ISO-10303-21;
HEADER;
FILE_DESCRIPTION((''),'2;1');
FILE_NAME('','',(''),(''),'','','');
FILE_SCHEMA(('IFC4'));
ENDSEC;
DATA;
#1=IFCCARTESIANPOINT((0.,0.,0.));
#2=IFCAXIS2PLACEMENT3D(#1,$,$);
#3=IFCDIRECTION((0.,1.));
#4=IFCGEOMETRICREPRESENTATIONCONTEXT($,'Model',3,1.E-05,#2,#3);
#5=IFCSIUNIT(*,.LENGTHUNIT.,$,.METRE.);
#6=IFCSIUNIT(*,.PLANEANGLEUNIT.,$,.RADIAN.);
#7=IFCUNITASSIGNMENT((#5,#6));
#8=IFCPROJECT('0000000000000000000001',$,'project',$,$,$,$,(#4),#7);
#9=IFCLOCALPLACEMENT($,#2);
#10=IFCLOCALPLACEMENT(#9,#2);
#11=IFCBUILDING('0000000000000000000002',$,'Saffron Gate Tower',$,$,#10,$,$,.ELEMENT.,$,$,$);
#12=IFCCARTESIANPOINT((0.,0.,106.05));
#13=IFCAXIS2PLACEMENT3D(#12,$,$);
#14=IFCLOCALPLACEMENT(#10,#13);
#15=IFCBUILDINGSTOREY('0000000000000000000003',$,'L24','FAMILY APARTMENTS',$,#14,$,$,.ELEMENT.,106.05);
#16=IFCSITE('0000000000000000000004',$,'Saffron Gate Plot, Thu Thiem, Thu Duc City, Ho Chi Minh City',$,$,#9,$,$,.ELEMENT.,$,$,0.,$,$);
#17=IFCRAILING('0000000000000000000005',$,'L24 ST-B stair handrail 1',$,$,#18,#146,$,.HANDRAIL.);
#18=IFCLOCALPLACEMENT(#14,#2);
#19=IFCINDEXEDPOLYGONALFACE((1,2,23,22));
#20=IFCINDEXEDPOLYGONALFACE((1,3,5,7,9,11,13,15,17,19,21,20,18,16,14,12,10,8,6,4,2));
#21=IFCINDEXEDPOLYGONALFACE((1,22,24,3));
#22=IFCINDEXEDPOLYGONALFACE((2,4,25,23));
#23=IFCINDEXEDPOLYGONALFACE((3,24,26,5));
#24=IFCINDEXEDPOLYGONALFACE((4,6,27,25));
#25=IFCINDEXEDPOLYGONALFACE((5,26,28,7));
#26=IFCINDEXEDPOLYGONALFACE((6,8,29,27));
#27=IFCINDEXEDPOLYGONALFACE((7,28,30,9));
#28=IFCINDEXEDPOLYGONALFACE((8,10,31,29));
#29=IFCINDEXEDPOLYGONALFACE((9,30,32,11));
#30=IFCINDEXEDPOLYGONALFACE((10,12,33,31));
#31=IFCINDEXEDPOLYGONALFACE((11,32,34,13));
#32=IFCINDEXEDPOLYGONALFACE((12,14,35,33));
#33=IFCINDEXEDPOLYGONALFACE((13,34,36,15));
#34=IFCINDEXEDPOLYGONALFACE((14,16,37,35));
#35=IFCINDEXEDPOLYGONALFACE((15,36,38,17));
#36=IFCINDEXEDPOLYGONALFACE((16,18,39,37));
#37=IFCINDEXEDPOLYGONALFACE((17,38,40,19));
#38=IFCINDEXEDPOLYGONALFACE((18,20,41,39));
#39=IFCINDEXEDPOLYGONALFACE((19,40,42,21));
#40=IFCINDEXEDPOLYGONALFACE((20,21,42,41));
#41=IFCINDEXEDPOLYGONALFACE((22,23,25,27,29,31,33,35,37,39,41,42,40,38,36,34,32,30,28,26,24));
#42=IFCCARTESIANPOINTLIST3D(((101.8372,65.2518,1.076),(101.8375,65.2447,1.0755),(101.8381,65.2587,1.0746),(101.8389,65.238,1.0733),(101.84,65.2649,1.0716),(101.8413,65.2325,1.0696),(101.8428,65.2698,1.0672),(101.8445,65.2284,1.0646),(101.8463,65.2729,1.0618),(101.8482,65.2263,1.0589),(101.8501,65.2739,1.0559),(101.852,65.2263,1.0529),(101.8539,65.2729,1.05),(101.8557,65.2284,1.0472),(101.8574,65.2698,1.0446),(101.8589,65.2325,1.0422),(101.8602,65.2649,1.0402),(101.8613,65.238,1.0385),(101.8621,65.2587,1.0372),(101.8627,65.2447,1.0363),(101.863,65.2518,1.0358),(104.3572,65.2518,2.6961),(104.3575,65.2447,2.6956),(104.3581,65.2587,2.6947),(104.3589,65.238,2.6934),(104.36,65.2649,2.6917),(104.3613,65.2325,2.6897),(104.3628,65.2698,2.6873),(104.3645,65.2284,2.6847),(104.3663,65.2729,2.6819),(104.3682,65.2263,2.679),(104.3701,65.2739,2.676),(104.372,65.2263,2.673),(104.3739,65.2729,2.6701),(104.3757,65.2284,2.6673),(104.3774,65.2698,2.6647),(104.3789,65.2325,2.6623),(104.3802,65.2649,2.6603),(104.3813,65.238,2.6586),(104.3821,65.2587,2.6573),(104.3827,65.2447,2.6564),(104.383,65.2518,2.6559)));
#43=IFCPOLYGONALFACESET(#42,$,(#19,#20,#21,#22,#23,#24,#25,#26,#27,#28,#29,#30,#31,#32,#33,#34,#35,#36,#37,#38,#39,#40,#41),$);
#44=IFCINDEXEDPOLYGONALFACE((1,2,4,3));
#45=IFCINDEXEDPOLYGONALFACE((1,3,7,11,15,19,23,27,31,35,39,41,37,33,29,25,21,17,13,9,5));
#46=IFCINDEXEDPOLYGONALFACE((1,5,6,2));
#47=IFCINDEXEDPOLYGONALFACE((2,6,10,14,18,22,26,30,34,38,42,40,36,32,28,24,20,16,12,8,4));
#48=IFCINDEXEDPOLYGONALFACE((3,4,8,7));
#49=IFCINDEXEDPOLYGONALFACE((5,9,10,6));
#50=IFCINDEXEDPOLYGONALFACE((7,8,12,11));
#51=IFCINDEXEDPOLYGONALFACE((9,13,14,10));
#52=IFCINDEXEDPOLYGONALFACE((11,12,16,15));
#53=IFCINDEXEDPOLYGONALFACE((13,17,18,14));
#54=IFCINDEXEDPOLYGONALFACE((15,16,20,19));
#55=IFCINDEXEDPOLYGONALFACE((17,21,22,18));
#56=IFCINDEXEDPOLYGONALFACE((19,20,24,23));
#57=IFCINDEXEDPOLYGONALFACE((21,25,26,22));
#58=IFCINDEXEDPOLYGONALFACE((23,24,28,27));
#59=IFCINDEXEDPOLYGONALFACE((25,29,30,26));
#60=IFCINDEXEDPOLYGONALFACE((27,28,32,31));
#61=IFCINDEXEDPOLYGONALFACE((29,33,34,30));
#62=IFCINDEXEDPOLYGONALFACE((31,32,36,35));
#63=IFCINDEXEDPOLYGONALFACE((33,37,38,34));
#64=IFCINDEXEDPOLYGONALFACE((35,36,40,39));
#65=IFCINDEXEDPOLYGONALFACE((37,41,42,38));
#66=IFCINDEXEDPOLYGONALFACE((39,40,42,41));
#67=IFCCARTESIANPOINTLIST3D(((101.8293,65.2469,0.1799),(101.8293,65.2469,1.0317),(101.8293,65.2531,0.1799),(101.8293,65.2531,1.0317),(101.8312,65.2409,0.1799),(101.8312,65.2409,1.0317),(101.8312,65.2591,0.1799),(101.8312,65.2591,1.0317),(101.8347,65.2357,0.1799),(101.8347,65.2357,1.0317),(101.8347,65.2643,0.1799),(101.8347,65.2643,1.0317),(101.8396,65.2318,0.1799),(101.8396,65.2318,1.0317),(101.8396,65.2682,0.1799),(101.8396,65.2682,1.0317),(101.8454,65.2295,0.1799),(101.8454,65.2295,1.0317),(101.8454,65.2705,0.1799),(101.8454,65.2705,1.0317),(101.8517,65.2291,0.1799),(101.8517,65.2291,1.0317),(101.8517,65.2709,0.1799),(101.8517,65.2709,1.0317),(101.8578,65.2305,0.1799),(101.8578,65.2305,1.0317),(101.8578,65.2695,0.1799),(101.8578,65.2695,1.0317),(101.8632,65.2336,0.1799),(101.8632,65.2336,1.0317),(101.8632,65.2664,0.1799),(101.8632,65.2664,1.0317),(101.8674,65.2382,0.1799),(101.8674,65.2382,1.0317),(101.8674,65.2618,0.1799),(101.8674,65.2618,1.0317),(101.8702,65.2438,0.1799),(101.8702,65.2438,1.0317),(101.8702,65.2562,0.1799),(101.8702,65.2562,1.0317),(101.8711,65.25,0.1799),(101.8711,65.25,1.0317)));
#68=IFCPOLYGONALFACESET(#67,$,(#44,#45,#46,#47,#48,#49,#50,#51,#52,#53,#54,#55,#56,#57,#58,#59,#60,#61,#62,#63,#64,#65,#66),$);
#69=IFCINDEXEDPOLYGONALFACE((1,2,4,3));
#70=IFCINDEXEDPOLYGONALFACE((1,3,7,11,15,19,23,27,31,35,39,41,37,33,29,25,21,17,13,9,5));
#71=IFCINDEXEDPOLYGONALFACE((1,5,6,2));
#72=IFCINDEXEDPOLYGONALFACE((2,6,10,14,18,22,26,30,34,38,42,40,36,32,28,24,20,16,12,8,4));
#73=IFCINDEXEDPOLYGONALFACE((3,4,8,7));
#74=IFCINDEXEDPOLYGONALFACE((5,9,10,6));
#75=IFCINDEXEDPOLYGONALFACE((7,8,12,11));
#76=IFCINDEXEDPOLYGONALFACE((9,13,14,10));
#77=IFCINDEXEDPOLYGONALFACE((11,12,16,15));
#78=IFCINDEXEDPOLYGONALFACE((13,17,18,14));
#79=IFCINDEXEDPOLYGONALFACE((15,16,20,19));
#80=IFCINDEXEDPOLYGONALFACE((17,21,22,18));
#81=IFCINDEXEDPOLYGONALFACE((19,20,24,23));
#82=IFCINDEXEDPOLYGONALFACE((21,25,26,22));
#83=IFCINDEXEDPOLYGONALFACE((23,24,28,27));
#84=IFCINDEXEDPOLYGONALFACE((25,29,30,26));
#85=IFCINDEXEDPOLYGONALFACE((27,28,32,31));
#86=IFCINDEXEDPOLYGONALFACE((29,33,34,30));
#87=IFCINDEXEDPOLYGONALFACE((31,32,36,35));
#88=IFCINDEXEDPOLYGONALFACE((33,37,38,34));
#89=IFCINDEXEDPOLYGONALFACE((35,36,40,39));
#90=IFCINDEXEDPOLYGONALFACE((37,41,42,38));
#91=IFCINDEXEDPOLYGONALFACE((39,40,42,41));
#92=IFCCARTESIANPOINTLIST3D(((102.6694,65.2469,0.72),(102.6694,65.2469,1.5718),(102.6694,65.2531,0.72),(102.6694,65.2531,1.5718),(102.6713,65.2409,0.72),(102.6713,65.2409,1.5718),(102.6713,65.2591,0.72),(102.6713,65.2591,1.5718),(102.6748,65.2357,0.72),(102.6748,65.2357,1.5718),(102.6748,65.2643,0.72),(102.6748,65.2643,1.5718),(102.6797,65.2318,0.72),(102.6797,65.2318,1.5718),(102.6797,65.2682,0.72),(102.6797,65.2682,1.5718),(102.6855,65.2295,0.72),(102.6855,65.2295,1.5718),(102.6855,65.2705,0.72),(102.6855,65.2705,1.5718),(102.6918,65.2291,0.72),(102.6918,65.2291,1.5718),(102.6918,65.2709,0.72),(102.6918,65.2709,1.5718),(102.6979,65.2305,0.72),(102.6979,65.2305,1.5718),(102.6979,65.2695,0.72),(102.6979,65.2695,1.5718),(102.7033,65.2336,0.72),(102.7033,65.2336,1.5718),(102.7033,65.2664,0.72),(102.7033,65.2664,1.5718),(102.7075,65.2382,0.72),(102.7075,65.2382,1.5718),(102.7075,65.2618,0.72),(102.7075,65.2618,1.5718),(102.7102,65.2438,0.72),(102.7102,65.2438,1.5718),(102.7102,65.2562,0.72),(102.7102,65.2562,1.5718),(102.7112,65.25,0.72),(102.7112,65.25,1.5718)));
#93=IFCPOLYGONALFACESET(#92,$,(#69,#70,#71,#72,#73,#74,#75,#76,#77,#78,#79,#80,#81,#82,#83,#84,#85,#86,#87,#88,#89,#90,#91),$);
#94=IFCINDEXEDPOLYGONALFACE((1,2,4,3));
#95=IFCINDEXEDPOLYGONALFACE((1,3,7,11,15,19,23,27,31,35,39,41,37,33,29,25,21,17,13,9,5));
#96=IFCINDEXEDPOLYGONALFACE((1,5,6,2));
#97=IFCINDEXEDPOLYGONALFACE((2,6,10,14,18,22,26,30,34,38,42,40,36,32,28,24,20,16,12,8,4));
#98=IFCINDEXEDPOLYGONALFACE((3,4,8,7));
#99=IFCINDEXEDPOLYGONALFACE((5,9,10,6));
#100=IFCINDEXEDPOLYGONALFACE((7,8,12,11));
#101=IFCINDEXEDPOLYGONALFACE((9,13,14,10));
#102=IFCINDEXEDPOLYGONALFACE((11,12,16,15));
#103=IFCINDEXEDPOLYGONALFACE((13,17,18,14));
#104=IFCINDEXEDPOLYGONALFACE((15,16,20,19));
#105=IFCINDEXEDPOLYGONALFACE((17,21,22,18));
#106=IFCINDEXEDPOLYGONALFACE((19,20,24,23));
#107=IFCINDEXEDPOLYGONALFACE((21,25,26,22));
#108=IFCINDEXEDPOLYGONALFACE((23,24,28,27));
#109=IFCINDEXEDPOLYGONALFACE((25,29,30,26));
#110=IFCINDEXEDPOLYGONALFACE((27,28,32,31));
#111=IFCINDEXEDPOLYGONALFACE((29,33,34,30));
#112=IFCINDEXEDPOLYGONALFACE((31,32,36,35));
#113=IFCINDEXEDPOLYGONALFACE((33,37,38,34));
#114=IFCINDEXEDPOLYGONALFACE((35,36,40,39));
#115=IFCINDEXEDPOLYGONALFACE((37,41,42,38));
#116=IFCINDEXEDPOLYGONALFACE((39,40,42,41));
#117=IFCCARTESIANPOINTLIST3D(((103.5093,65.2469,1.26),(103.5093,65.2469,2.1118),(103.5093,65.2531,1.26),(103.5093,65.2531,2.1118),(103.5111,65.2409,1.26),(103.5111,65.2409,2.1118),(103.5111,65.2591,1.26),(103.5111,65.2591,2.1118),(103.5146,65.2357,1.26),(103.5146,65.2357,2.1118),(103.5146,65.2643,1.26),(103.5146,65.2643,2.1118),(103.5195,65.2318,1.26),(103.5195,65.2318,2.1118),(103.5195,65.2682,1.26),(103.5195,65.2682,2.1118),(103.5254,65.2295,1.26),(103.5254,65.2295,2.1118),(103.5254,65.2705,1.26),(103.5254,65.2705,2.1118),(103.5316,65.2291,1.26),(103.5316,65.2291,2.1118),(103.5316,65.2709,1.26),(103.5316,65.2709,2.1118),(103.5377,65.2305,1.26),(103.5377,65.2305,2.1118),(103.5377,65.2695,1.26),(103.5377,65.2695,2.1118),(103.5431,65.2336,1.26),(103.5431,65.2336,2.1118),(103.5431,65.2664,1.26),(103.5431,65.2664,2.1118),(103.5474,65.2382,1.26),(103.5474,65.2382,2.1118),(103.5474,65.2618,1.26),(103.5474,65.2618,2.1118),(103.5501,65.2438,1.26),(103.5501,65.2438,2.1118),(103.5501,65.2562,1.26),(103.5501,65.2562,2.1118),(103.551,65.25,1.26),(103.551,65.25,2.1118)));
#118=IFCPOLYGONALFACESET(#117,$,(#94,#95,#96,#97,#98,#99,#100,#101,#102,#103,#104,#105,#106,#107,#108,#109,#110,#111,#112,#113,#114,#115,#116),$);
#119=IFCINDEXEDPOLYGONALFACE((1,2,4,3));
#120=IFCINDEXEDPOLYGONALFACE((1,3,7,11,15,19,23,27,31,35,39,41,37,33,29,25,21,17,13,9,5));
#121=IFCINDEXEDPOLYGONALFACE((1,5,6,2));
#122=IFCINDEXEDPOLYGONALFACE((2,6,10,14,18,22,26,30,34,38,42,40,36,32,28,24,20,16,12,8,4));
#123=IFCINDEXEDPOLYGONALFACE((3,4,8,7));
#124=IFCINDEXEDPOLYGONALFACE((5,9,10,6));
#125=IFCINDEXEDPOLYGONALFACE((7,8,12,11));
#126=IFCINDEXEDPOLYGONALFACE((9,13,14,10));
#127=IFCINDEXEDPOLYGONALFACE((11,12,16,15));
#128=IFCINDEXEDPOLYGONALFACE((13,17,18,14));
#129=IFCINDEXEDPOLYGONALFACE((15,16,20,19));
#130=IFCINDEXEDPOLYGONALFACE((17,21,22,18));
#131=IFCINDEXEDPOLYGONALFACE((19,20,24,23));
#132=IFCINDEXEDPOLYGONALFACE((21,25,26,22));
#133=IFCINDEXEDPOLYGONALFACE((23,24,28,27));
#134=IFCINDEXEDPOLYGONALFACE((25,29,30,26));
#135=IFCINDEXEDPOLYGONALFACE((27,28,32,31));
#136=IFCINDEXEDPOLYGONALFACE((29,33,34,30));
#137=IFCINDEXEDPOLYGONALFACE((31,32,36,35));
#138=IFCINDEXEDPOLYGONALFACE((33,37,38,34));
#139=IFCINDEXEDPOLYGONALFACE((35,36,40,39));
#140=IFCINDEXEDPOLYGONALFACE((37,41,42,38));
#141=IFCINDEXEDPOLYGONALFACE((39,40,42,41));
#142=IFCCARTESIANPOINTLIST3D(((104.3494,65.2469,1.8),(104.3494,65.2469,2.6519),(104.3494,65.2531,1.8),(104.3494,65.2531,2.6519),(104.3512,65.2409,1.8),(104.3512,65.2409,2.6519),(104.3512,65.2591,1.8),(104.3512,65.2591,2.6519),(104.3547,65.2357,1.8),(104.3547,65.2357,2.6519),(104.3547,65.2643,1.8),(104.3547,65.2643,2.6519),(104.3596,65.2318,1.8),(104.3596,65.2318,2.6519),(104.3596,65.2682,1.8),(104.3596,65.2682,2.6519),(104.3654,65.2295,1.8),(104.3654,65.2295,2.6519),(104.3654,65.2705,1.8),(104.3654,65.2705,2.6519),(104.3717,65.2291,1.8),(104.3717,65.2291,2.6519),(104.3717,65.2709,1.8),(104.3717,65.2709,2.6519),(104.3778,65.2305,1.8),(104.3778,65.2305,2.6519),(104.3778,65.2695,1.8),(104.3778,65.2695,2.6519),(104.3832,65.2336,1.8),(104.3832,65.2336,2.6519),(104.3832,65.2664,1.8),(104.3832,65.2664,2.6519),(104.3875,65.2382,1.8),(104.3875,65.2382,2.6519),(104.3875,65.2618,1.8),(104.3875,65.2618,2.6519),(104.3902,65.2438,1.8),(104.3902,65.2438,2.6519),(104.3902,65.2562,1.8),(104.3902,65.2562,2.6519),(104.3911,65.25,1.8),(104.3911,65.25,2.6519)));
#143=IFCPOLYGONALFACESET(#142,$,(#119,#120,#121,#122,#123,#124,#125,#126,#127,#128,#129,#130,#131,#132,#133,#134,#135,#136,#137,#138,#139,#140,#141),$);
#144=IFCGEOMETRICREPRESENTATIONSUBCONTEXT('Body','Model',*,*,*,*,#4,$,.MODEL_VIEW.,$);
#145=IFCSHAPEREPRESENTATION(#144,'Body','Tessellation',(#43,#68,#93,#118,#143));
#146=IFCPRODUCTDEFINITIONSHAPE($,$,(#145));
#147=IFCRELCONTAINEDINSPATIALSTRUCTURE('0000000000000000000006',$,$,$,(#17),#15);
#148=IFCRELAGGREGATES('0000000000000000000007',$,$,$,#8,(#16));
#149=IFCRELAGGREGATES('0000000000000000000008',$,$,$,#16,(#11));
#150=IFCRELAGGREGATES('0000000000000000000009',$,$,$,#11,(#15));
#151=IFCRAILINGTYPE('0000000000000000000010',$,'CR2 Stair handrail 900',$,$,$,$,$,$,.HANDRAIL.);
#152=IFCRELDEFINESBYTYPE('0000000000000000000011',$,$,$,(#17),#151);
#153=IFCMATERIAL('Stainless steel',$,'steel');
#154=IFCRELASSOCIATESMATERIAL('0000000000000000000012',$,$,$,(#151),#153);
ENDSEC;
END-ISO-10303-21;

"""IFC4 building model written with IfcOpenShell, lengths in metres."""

from ifc_helpers import new_model, si_unit, direction, frame, origin, origin_2d, place, context, subcontext, project, spatial, circle, extrude, material, type_object, element, save


model = new_model("IFC4")

# Units and contexts
model_context = context("Model", 3, precision=1e-05, world=origin(), true_north=direction((0.0, 1.0)))
body_context = subcontext(model_context, "Body", "Model", "MODEL_VIEW")
ifc_project = project(units=[si_unit("LENGTHUNIT", "METRE"), si_unit("PLANEANGLEUNIT", "RADIAN")], contexts=[model_context])

# Site, building, storey
site_placement = place(None, origin())
site = spatial("IfcSite", under=ifc_project, at=site_placement, Name="Saffron Gate Plot, Thu Thiem, Thu Duc City, Ho Chi Minh City", CompositionType="ELEMENT", RefElevation=0.0)
building_placement = place(site_placement, origin())
building = spatial("IfcBuilding", under=site, at=building_placement, Name="Saffron Gate Tower", CompositionType="ELEMENT")
storey_placement = place(building_placement, frame((0.0, 0.0, 106.05)))
storey = spatial("IfcBuildingStorey", under=building, at=storey_placement, Name="L24", Description="FAMILY APARTMENTS", CompositionType="ELEMENT", Elevation=106.05)

# Railing
ifc_material_1 = material(Name="Stainless steel", Category="steel")
railing_type_1 = type_object("IfcRailingType", Name="CR2 Stair handrail 900", PredefinedType="HANDRAIL", material=ifc_material_1)
railing_1_placement = place(storey_placement, frame((101.8501, 65.25, 0.1799)))
element("IfcRailing", 1, at=railing_1_placement, inside=storey, type_object=railing_type_1, Name="L24 ST-B stair handrail 1", PredefinedType="HANDRAIL", context=body_context, shape_type="SweptSolid", body=[
    extrude(circle(Radius=0.0239, at=origin_2d()), frame((0.0, 0.0, 0.876), z_axis=(0.841163, 0.0, 0.540782), x_axis=(0.0, 1.0, 0.0)), (0.0, 0.0, 1.0), 2.9958),
    extrude(circle(Radius=0.021, at=origin_2d()), origin(), (0.0, 0.0, 1.0), 0.8518),
    extrude(circle(Radius=0.021, at=origin_2d()), frame((0.8401, 0.0, 0.54)), (0.0, 0.0, 1.0), 0.8518),
    extrude(circle(Radius=0.021, at=origin_2d()), frame((1.6799, 0.0, 1.0801)), (0.0, 0.0, 1.0), 0.8518),
    extrude(circle(Radius=0.021, at=origin_2d()), frame((2.52, 0.0, 1.6201)), (0.0, 0.0, 1.0), 0.8518),
])

save(model, "model.ifc")
